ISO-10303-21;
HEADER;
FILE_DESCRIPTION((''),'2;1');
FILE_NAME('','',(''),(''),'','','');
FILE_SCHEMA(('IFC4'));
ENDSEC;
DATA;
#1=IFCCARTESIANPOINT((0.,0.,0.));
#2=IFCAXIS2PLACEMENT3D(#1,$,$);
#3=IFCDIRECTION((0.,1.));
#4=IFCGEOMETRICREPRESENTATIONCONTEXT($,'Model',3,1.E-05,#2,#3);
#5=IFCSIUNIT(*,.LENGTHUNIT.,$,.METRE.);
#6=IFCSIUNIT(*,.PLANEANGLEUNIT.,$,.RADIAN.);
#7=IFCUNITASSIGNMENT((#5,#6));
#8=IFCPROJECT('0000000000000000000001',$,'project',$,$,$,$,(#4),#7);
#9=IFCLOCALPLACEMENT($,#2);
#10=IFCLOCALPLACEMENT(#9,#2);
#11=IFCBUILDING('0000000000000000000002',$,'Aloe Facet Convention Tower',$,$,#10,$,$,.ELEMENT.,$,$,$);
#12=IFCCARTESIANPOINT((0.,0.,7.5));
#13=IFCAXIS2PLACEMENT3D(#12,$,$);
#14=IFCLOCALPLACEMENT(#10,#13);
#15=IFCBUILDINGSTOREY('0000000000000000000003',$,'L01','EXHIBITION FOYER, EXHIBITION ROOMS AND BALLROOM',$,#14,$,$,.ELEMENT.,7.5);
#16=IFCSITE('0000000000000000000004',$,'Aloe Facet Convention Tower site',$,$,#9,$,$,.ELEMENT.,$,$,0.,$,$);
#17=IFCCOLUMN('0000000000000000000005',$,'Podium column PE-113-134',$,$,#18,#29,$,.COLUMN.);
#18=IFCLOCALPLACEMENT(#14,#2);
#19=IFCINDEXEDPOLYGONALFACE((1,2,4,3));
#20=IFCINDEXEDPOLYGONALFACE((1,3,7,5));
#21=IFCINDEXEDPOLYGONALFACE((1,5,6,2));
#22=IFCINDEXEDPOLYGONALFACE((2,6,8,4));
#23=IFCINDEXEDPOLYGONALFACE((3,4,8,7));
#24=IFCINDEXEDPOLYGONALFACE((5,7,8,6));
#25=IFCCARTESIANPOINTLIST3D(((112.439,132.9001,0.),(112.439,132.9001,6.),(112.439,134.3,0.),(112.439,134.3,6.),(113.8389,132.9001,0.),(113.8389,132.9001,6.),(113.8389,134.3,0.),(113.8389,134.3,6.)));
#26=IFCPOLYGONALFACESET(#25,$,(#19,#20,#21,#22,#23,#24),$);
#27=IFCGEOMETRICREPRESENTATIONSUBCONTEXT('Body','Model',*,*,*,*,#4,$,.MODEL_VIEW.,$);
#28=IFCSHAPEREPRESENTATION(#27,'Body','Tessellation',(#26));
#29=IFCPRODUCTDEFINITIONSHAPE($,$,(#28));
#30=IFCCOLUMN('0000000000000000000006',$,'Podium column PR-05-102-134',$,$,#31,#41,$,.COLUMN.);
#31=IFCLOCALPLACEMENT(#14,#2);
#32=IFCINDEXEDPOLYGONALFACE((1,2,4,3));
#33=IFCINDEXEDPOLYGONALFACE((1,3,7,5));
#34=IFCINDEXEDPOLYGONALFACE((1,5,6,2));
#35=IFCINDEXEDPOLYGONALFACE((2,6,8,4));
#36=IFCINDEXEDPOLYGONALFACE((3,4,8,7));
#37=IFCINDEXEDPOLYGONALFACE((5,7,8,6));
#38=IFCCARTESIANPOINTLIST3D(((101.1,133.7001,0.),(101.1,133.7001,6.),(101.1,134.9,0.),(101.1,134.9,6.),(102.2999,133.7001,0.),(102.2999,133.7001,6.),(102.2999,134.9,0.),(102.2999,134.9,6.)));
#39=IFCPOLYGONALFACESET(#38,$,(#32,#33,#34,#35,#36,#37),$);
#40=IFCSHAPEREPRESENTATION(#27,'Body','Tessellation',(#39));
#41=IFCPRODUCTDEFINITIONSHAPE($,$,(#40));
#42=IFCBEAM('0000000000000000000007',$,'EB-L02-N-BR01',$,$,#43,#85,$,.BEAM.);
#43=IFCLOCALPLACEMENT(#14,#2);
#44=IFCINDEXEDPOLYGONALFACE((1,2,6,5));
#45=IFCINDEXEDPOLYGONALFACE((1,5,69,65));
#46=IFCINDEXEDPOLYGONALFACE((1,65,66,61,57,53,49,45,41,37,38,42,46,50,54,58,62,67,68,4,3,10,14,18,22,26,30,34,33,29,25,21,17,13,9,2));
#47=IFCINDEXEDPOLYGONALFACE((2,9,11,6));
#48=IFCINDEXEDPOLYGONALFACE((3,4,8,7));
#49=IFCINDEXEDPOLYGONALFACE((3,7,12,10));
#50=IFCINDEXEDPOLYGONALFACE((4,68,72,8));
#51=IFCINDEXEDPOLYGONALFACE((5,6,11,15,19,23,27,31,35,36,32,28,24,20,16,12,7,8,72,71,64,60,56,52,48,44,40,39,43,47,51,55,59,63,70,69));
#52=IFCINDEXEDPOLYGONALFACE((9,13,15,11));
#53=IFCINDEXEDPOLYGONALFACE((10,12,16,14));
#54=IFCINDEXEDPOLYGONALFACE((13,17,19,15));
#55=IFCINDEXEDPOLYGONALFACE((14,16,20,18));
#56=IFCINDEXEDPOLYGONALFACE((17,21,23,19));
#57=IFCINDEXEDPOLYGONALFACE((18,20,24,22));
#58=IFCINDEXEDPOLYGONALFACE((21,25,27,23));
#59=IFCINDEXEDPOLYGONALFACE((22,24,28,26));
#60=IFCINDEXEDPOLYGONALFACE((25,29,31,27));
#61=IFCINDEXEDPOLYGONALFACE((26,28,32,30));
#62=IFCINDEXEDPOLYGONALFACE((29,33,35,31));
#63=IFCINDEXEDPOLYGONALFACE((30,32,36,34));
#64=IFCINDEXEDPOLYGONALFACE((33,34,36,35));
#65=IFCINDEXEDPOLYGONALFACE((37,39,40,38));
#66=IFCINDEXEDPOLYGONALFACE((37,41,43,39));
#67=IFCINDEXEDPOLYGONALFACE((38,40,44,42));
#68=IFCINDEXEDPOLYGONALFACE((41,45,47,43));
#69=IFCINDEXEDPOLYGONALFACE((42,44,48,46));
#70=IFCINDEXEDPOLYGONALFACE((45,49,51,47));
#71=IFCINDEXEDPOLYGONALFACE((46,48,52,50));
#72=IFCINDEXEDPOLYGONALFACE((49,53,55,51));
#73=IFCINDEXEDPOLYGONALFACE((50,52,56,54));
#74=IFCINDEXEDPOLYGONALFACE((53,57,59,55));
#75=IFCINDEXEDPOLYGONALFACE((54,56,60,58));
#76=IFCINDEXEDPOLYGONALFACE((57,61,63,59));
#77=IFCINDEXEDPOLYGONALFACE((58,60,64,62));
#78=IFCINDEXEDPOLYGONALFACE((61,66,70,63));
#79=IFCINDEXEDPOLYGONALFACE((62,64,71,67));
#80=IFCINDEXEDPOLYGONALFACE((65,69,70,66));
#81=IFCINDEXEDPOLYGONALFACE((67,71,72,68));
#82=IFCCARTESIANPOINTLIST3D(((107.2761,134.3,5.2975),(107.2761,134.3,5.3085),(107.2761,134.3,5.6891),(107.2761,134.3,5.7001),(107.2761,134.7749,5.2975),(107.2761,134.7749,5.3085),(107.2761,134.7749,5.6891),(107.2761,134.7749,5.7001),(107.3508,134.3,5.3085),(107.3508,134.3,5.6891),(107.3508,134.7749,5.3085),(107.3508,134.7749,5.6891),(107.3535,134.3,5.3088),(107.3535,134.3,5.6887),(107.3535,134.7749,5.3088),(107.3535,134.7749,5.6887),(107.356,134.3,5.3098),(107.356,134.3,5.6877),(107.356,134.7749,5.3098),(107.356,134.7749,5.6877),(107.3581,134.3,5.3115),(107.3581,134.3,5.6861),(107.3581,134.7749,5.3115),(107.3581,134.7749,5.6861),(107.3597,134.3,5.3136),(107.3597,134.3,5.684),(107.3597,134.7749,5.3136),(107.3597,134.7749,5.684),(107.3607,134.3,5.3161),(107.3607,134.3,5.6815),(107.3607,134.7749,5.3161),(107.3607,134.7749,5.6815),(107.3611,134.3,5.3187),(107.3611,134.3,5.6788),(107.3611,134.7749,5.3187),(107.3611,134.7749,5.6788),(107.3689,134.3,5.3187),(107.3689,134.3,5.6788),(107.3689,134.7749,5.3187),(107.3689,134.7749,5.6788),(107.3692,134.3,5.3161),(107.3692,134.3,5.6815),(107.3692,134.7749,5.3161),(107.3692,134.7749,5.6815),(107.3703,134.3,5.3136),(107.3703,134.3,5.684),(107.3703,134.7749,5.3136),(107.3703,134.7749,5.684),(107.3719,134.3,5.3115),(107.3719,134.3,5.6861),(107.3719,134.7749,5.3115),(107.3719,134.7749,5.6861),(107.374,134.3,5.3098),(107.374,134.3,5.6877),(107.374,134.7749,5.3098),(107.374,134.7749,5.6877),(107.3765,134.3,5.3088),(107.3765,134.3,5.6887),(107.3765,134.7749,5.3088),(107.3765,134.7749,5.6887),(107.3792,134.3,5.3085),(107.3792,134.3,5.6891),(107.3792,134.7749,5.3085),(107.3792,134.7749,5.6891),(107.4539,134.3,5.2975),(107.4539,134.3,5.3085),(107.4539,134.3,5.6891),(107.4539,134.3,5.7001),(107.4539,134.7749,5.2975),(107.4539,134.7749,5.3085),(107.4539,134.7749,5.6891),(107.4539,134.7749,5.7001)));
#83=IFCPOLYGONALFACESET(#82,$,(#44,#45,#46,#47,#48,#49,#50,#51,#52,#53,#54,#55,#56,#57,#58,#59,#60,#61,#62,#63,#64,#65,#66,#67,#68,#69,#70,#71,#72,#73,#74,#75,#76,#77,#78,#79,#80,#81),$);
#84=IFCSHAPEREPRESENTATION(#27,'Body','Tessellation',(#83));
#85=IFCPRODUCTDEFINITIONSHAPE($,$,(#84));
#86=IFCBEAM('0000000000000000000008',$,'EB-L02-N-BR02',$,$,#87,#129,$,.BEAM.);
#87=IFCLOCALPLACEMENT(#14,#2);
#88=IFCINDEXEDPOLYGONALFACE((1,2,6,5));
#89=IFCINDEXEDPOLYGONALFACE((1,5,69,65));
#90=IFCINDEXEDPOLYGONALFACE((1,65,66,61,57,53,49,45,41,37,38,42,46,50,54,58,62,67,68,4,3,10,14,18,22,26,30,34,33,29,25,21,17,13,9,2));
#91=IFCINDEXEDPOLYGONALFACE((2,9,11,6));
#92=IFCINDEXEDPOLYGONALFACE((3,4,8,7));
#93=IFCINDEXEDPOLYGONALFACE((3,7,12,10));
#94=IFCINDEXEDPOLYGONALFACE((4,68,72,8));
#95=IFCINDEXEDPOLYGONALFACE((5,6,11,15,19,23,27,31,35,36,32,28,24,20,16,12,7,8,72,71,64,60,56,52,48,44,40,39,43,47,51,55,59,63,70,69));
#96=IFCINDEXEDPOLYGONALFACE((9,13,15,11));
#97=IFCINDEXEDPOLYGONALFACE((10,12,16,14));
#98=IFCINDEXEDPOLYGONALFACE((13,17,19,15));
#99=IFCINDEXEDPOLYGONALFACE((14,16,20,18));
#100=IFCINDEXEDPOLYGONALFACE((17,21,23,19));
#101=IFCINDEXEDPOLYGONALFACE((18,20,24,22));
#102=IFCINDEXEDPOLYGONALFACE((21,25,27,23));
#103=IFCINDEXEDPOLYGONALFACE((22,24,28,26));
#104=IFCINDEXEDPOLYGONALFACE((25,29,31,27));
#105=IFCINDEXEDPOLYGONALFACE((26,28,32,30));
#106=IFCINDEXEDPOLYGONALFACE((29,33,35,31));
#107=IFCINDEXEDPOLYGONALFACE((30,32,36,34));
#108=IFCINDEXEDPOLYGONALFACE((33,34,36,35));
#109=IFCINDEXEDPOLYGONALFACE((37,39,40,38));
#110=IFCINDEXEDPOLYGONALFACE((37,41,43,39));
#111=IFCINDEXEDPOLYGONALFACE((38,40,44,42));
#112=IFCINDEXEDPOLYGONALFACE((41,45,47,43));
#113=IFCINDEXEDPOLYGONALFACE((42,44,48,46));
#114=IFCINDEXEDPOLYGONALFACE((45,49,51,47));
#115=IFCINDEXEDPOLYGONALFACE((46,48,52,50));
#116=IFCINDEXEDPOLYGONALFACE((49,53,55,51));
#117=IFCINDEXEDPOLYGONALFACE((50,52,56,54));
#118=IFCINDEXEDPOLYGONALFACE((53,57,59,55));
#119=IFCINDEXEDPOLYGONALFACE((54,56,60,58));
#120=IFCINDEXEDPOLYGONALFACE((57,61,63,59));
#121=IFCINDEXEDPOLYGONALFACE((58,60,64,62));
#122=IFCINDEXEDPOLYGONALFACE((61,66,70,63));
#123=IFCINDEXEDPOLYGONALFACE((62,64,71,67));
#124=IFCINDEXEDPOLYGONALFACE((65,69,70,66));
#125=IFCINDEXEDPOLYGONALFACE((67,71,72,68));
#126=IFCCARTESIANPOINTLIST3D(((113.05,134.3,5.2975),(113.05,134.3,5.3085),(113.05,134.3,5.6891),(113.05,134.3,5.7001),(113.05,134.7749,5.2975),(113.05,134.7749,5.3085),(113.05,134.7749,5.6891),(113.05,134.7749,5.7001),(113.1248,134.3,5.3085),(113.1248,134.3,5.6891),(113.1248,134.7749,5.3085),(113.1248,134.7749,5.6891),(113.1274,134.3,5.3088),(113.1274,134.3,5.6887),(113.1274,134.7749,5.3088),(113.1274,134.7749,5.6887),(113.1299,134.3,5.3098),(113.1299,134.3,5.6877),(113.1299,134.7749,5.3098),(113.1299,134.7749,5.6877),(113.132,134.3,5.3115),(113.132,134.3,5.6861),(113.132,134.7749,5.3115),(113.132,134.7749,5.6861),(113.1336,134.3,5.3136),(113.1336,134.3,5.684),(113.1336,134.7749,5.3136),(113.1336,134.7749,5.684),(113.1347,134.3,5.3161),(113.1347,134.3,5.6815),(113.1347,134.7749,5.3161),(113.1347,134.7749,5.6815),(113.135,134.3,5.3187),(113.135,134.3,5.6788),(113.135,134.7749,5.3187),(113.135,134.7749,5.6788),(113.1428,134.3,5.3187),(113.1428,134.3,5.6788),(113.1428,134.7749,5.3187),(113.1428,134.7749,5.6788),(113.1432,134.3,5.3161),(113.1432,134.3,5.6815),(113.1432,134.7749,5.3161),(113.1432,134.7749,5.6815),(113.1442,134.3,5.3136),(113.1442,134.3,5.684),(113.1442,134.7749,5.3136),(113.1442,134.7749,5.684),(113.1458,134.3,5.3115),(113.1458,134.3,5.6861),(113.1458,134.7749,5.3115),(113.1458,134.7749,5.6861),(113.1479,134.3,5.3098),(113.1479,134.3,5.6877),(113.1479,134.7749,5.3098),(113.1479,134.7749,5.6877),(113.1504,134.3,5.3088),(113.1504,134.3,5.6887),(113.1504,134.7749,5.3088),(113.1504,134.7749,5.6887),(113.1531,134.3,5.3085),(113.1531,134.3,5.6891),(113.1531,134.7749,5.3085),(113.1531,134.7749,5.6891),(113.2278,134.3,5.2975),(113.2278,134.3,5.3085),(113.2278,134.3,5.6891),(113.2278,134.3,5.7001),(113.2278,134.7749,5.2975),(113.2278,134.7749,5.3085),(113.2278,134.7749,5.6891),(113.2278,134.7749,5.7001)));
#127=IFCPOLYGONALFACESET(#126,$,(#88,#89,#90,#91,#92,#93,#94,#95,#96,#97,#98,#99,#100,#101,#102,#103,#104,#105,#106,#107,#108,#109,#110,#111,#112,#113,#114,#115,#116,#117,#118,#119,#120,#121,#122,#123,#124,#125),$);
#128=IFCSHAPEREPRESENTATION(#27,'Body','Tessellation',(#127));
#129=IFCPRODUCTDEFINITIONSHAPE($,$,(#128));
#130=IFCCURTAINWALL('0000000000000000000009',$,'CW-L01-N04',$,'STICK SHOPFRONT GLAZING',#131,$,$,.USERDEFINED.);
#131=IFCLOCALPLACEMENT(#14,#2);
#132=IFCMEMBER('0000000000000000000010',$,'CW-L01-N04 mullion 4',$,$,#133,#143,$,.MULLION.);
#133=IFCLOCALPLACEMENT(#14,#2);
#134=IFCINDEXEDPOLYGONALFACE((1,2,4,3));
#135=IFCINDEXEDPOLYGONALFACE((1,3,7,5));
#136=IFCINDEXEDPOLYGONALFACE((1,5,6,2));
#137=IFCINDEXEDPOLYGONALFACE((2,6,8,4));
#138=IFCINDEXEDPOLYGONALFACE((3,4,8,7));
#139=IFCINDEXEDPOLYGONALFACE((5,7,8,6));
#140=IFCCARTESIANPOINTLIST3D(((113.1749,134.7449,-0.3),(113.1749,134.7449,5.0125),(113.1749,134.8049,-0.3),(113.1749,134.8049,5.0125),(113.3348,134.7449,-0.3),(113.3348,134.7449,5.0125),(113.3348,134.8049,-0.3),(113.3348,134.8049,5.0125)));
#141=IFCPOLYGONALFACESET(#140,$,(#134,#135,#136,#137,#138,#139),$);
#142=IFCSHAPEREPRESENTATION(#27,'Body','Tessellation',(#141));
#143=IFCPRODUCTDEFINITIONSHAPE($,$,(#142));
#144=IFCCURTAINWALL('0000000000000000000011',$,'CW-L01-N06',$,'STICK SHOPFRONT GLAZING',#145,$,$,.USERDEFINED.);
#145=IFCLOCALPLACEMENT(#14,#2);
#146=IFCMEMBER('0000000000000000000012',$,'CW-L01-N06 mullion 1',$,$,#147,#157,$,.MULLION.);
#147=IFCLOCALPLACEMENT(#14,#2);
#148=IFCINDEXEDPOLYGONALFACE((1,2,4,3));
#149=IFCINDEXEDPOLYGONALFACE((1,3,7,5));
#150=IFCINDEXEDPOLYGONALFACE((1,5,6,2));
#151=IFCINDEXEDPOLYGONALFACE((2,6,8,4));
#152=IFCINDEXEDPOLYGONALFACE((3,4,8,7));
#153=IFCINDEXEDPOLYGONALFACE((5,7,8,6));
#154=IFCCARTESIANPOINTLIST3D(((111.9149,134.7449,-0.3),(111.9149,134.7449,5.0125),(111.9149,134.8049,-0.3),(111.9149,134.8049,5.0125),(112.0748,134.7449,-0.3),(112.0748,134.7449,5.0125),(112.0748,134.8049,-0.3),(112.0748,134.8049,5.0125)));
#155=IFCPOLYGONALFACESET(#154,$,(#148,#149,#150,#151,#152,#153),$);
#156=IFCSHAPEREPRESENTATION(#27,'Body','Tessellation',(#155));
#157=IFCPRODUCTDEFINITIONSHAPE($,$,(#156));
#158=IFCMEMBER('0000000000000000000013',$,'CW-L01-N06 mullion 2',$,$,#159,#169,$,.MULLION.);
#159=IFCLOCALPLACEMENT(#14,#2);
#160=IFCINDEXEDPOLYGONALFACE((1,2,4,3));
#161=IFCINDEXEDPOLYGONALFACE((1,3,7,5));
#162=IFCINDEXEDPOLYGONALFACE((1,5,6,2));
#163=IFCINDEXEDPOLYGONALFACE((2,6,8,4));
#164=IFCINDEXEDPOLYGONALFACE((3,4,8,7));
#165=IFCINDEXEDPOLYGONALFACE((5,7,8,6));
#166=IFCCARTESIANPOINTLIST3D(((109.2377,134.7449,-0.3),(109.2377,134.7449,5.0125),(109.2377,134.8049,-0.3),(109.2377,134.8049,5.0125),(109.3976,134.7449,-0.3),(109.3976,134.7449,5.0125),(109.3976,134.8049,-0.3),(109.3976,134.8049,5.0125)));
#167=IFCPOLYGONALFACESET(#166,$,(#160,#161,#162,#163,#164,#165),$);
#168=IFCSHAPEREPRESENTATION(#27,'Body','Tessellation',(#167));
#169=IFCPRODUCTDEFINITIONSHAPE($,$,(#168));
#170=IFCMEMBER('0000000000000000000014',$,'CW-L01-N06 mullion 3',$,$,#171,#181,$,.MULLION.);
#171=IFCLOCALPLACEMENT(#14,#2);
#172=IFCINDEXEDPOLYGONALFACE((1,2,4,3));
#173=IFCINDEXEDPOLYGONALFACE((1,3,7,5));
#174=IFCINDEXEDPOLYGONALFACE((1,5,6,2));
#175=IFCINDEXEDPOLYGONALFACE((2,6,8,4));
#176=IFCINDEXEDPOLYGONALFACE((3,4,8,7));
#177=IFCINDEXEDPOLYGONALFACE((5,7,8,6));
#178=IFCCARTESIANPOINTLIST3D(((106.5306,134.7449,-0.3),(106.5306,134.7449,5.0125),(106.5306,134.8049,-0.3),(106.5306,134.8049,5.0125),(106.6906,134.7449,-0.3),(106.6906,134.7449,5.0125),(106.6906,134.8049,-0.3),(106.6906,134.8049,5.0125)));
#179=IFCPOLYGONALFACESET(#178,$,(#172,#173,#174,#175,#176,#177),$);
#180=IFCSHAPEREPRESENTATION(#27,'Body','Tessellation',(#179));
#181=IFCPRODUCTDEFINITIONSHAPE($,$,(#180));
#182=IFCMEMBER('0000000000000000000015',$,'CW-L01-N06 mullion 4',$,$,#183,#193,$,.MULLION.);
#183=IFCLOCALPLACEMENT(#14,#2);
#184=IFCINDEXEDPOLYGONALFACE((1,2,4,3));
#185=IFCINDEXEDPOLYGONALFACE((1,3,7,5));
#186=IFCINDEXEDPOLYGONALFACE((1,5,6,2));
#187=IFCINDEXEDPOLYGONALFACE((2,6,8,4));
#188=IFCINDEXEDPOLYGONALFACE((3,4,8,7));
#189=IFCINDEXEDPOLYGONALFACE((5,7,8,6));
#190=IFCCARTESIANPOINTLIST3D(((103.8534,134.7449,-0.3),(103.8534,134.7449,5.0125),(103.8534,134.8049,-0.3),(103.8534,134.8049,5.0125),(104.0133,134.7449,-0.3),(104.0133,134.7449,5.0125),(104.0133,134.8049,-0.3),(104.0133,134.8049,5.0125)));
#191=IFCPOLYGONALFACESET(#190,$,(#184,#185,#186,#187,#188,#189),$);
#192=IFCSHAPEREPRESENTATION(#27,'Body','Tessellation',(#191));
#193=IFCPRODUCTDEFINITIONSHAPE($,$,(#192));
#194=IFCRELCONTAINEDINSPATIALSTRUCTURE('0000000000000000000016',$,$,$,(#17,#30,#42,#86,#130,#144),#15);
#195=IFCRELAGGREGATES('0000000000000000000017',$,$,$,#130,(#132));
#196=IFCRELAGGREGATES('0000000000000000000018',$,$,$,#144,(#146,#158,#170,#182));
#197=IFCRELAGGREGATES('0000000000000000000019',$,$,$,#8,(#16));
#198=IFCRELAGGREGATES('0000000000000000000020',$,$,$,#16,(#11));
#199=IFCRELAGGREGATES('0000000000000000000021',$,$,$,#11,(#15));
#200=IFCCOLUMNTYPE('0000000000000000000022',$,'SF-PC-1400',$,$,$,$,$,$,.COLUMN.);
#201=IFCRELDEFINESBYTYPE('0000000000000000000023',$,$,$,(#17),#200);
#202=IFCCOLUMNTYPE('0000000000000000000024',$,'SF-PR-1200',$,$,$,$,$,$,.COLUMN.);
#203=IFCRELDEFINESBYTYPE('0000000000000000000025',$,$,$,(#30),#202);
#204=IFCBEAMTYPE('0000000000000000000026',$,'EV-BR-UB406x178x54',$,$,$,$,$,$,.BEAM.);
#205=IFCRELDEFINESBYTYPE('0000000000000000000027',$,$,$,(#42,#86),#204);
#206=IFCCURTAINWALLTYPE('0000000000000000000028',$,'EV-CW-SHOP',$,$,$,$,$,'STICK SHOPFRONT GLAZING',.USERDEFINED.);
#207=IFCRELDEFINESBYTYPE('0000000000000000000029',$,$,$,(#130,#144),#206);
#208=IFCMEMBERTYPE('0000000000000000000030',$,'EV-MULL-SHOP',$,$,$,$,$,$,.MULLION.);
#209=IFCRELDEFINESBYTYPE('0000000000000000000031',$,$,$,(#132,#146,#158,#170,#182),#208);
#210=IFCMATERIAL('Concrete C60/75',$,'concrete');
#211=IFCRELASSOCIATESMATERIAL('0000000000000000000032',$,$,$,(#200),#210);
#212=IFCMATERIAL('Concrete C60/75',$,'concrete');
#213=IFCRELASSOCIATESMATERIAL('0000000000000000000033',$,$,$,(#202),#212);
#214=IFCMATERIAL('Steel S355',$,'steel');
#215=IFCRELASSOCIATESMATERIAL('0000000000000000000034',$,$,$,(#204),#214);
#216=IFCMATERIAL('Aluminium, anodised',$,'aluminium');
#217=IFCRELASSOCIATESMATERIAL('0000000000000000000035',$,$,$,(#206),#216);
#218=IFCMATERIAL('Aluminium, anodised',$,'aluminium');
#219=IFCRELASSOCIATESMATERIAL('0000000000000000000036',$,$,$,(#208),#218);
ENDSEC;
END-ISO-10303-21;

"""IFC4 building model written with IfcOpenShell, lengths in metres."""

from ifc_helpers import new_model, si_unit, direction, frame, origin, origin_2d, place, context, subcontext, project, spatial, rectangle, i_section, extrude, material, material_profile, profile_set, type_object, element, aggregate, save


model = new_model("IFC4")

# Units and contexts
model_context = context("Model", 3, precision=1e-05, world=origin(), true_north=direction((0.0, 1.0)))
body_context = subcontext(model_context, "Body", "Model", "MODEL_VIEW")
ifc_project = project(units=[si_unit("LENGTHUNIT", "METRE"), si_unit("PLANEANGLEUNIT", "RADIAN")], contexts=[model_context])

# Site, building, storey
site_placement = place(None, origin())
site = spatial("IfcSite", under=ifc_project, at=site_placement, Name="Aloe Facet Convention Tower site", CompositionType="ELEMENT", RefElevation=0.0)
building_placement = place(site_placement, origin())
building = spatial("IfcBuilding", under=site, at=building_placement, Name="Aloe Facet Convention Tower", CompositionType="ELEMENT")
storey_placement = place(building_placement, frame((0.0, 0.0, 7.5)))
storey = spatial("IfcBuildingStorey", under=building, at=storey_placement, Name="L01", Description="EXHIBITION FOYER, EXHIBITION ROOMS AND BALLROOM", CompositionType="ELEMENT", Elevation=7.5)

# Columns
ifc_material_1 = material(Name="Concrete C60/75", Category="concrete")
ifc_material_profile_1 = material_profile(ifc_material_1, rectangle(XDim=1.3999, YDim=1.3999, at=origin_2d()), Name="SF-PC-1400")
ifc_profile_set_1 = profile_set([ifc_material_profile_1], Name="Concrete C60/75")
column_type_1 = type_object("IfcColumnType", Name="SF-PC-1400", PredefinedType="COLUMN", material=ifc_profile_set_1)
column_1_placement = place(storey_placement, frame((113.1389, 133.6001, 0.0), z_axis=(0.0, 0.0, 1.0), x_axis=(1.0, 0.0, 0.0)))
element("IfcColumn", 1, at=column_1_placement, inside=storey, type_object=column_type_1, Name="Podium column PE-113-134", PredefinedType="COLUMN", context=body_context, shape_type="SweptSolid", body=[
    extrude(rectangle(XDim=1.3999, YDim=1.3999, at=origin_2d()), origin(), (0.0, 0.0, 1.0), 6.0),
])
ifc_material_2 = material(Name="Concrete C60/75", Category="concrete")
ifc_material_profile_2 = material_profile(ifc_material_2, rectangle(XDim=1.2, YDim=1.2, at=origin_2d()), Name="SF-PR-1200")
ifc_profile_set_2 = profile_set([ifc_material_profile_2], Name="Concrete C60/75")
column_type_2 = type_object("IfcColumnType", Name="SF-PR-1200", PredefinedType="COLUMN", material=ifc_profile_set_2)
column_2_placement = place(storey_placement, frame((101.7, 134.3, 0.0), z_axis=(0.0, 0.0, 1.0), x_axis=(1.0, 0.0, 0.0)))
element("IfcColumn", 2, at=column_2_placement, inside=storey, type_object=column_type_2, Name="Podium column PR-05-102-134", PredefinedType="COLUMN", context=body_context, shape_type="SweptSolid", body=[
    extrude(rectangle(XDim=1.2, YDim=1.2, at=origin_2d()), origin(), (0.0, 0.0, 1.0), 6.0),
])

# Beams
ifc_material_3 = material(Name="Steel S355", Category="steel")
ifc_material_profile_3 = material_profile(ifc_material_3, i_section(OverallWidth=0.1777, OverallDepth=0.4026, WebThickness=0.0078, FlangeThickness=0.011, FilletRadius=0.0103, at=origin_2d()), Name="UB 406x178x54")
ifc_profile_set_3 = profile_set([ifc_material_profile_3], Name="Steel S355")
beam_type_1 = type_object("IfcBeamType", Name="EV-BR-UB406x178x54", PredefinedType="BEAM", material=ifc_profile_set_3)
for number, where, z_axis, x_axis, name in (
    (3, (107.365, 134.3, 5.4988), (0.0, 1.0, 0.0), (-1.0, 0.0, 0.0), "EB-L02-N-BR01"),
    (4, (113.1389, 134.3, 5.4988), (0.0, 1.0, 0.0), (-1.0, 0.0, 0.0), "EB-L02-N-BR02"),
):
    element("IfcBeam", number, at=place(storey_placement, frame(where, z_axis=z_axis, x_axis=x_axis)), inside=storey, type_object=beam_type_1, Name=name, PredefinedType="BEAM", context=body_context, shape_type="SweptSolid", body=[
        extrude(i_section(OverallWidth=0.1777, OverallDepth=0.4026, WebThickness=0.0078, FlangeThickness=0.011, FilletRadius=0.0103, at=origin_2d()), origin(), (0.0, 0.0, 1.0), 0.4749),
    ])

# Curtain wall, member
ifc_material_4 = material(Name="Aluminium, anodised", Category="aluminium")
curtain_wall_type = type_object("IfcCurtainWallType", Name="EV-CW-SHOP", ElementType="STICK SHOPFRONT GLAZING", PredefinedType="USERDEFINED", material=ifc_material_4)
curtain_wall_1_placement = place(storey_placement, origin())
curtain_wall_1 = element("IfcCurtainWall", 5, at=curtain_wall_1_placement, inside=storey, type_object=curtain_wall_type, Name="CW-L01-N04", ObjectType="STICK SHOPFRONT GLAZING", PredefinedType="USERDEFINED")
ifc_material_5 = material(Name="Aluminium, anodised", Category="aluminium")
ifc_material_profile_4 = material_profile(ifc_material_5, rectangle(XDim=0.0601, YDim=0.1599, at=origin_2d()), Name="AL 60x160")
ifc_profile_set_4 = profile_set([ifc_material_profile_4], Name="Aluminium, anodised")
member_type_1 = type_object("IfcMemberType", Name="EV-MULL-SHOP", PredefinedType="MULLION", material=ifc_profile_set_4)
member_1_placement = place(storey_placement, frame((113.2549, 134.7749, -0.3), z_axis=(0.0, 0.0, 1.0), x_axis=(0.0, -1.0, 0.0)))
member_1 = element("IfcMember", 6, at=member_1_placement, type_object=member_type_1, Name="CW-L01-N04 mullion 4", PredefinedType="MULLION", context=body_context, shape_type="SweptSolid", body=[
    extrude(rectangle(XDim=0.0601, YDim=0.1599, at=origin_2d()), origin(), (0.0, 0.0, 1.0), 5.3125),
])

# Curtain wall, members
curtain_wall_2_placement = place(storey_placement, origin())
curtain_wall_2 = element("IfcCurtainWall", 7, at=curtain_wall_2_placement, inside=storey, type_object=curtain_wall_type, Name="CW-L01-N06", ObjectType="STICK SHOPFRONT GLAZING", PredefinedType="USERDEFINED")
member_2_placement = place(storey_placement, frame((111.9949, 134.7749, -0.3), z_axis=(0.0, 0.0, 1.0), x_axis=(0.0, -1.0, 0.0)))
member_2 = element("IfcMember", 8, at=member_2_placement, type_object=member_type_1, Name="CW-L01-N06 mullion 1", PredefinedType="MULLION", context=body_context, shape_type="SweptSolid", body=[
    extrude(rectangle(XDim=0.0601, YDim=0.1599, at=origin_2d()), origin(), (0.0, 0.0, 1.0), 5.3125),
])
member_3_placement = place(storey_placement, frame((109.3176, 134.7749, -0.3), z_axis=(0.0, 0.0, 1.0), x_axis=(0.0, -1.0, 0.0)))
member_3 = element("IfcMember", 9, at=member_3_placement, type_object=member_type_1, Name="CW-L01-N06 mullion 2", PredefinedType="MULLION", context=body_context, shape_type="SweptSolid", body=[
    extrude(rectangle(XDim=0.0601, YDim=0.1599, at=origin_2d()), origin(), (0.0, 0.0, 1.0), 5.3125),
])
member_4_placement = place(storey_placement, frame((106.6106, 134.7749, -0.3), z_axis=(0.0, 0.0, 1.0), x_axis=(0.0, -1.0, 0.0)))
member_4 = element("IfcMember", 10, at=member_4_placement, type_object=member_type_1, Name="CW-L01-N06 mullion 3", PredefinedType="MULLION", context=body_context, shape_type="SweptSolid", body=[
    extrude(rectangle(XDim=0.0601, YDim=0.1599, at=origin_2d()), origin(), (0.0, 0.0, 1.0), 5.3125),
])
member_5_placement = place(storey_placement, frame((103.9333, 134.7749, -0.3), z_axis=(0.0, 0.0, 1.0), x_axis=(0.0, -1.0, 0.0)))
member_5 = element("IfcMember", 11, at=member_5_placement, type_object=member_type_1, Name="CW-L01-N06 mullion 4", PredefinedType="MULLION", context=body_context, shape_type="SweptSolid", body=[
    extrude(rectangle(XDim=0.0601, YDim=0.1599, at=origin_2d()), origin(), (0.0, 0.0, 1.0), 5.3125),
])

aggregate(curtain_wall_1, [member_1])
aggregate(curtain_wall_2, [member_2, member_3, member_4, member_5])

save(model, "model.ifc")
